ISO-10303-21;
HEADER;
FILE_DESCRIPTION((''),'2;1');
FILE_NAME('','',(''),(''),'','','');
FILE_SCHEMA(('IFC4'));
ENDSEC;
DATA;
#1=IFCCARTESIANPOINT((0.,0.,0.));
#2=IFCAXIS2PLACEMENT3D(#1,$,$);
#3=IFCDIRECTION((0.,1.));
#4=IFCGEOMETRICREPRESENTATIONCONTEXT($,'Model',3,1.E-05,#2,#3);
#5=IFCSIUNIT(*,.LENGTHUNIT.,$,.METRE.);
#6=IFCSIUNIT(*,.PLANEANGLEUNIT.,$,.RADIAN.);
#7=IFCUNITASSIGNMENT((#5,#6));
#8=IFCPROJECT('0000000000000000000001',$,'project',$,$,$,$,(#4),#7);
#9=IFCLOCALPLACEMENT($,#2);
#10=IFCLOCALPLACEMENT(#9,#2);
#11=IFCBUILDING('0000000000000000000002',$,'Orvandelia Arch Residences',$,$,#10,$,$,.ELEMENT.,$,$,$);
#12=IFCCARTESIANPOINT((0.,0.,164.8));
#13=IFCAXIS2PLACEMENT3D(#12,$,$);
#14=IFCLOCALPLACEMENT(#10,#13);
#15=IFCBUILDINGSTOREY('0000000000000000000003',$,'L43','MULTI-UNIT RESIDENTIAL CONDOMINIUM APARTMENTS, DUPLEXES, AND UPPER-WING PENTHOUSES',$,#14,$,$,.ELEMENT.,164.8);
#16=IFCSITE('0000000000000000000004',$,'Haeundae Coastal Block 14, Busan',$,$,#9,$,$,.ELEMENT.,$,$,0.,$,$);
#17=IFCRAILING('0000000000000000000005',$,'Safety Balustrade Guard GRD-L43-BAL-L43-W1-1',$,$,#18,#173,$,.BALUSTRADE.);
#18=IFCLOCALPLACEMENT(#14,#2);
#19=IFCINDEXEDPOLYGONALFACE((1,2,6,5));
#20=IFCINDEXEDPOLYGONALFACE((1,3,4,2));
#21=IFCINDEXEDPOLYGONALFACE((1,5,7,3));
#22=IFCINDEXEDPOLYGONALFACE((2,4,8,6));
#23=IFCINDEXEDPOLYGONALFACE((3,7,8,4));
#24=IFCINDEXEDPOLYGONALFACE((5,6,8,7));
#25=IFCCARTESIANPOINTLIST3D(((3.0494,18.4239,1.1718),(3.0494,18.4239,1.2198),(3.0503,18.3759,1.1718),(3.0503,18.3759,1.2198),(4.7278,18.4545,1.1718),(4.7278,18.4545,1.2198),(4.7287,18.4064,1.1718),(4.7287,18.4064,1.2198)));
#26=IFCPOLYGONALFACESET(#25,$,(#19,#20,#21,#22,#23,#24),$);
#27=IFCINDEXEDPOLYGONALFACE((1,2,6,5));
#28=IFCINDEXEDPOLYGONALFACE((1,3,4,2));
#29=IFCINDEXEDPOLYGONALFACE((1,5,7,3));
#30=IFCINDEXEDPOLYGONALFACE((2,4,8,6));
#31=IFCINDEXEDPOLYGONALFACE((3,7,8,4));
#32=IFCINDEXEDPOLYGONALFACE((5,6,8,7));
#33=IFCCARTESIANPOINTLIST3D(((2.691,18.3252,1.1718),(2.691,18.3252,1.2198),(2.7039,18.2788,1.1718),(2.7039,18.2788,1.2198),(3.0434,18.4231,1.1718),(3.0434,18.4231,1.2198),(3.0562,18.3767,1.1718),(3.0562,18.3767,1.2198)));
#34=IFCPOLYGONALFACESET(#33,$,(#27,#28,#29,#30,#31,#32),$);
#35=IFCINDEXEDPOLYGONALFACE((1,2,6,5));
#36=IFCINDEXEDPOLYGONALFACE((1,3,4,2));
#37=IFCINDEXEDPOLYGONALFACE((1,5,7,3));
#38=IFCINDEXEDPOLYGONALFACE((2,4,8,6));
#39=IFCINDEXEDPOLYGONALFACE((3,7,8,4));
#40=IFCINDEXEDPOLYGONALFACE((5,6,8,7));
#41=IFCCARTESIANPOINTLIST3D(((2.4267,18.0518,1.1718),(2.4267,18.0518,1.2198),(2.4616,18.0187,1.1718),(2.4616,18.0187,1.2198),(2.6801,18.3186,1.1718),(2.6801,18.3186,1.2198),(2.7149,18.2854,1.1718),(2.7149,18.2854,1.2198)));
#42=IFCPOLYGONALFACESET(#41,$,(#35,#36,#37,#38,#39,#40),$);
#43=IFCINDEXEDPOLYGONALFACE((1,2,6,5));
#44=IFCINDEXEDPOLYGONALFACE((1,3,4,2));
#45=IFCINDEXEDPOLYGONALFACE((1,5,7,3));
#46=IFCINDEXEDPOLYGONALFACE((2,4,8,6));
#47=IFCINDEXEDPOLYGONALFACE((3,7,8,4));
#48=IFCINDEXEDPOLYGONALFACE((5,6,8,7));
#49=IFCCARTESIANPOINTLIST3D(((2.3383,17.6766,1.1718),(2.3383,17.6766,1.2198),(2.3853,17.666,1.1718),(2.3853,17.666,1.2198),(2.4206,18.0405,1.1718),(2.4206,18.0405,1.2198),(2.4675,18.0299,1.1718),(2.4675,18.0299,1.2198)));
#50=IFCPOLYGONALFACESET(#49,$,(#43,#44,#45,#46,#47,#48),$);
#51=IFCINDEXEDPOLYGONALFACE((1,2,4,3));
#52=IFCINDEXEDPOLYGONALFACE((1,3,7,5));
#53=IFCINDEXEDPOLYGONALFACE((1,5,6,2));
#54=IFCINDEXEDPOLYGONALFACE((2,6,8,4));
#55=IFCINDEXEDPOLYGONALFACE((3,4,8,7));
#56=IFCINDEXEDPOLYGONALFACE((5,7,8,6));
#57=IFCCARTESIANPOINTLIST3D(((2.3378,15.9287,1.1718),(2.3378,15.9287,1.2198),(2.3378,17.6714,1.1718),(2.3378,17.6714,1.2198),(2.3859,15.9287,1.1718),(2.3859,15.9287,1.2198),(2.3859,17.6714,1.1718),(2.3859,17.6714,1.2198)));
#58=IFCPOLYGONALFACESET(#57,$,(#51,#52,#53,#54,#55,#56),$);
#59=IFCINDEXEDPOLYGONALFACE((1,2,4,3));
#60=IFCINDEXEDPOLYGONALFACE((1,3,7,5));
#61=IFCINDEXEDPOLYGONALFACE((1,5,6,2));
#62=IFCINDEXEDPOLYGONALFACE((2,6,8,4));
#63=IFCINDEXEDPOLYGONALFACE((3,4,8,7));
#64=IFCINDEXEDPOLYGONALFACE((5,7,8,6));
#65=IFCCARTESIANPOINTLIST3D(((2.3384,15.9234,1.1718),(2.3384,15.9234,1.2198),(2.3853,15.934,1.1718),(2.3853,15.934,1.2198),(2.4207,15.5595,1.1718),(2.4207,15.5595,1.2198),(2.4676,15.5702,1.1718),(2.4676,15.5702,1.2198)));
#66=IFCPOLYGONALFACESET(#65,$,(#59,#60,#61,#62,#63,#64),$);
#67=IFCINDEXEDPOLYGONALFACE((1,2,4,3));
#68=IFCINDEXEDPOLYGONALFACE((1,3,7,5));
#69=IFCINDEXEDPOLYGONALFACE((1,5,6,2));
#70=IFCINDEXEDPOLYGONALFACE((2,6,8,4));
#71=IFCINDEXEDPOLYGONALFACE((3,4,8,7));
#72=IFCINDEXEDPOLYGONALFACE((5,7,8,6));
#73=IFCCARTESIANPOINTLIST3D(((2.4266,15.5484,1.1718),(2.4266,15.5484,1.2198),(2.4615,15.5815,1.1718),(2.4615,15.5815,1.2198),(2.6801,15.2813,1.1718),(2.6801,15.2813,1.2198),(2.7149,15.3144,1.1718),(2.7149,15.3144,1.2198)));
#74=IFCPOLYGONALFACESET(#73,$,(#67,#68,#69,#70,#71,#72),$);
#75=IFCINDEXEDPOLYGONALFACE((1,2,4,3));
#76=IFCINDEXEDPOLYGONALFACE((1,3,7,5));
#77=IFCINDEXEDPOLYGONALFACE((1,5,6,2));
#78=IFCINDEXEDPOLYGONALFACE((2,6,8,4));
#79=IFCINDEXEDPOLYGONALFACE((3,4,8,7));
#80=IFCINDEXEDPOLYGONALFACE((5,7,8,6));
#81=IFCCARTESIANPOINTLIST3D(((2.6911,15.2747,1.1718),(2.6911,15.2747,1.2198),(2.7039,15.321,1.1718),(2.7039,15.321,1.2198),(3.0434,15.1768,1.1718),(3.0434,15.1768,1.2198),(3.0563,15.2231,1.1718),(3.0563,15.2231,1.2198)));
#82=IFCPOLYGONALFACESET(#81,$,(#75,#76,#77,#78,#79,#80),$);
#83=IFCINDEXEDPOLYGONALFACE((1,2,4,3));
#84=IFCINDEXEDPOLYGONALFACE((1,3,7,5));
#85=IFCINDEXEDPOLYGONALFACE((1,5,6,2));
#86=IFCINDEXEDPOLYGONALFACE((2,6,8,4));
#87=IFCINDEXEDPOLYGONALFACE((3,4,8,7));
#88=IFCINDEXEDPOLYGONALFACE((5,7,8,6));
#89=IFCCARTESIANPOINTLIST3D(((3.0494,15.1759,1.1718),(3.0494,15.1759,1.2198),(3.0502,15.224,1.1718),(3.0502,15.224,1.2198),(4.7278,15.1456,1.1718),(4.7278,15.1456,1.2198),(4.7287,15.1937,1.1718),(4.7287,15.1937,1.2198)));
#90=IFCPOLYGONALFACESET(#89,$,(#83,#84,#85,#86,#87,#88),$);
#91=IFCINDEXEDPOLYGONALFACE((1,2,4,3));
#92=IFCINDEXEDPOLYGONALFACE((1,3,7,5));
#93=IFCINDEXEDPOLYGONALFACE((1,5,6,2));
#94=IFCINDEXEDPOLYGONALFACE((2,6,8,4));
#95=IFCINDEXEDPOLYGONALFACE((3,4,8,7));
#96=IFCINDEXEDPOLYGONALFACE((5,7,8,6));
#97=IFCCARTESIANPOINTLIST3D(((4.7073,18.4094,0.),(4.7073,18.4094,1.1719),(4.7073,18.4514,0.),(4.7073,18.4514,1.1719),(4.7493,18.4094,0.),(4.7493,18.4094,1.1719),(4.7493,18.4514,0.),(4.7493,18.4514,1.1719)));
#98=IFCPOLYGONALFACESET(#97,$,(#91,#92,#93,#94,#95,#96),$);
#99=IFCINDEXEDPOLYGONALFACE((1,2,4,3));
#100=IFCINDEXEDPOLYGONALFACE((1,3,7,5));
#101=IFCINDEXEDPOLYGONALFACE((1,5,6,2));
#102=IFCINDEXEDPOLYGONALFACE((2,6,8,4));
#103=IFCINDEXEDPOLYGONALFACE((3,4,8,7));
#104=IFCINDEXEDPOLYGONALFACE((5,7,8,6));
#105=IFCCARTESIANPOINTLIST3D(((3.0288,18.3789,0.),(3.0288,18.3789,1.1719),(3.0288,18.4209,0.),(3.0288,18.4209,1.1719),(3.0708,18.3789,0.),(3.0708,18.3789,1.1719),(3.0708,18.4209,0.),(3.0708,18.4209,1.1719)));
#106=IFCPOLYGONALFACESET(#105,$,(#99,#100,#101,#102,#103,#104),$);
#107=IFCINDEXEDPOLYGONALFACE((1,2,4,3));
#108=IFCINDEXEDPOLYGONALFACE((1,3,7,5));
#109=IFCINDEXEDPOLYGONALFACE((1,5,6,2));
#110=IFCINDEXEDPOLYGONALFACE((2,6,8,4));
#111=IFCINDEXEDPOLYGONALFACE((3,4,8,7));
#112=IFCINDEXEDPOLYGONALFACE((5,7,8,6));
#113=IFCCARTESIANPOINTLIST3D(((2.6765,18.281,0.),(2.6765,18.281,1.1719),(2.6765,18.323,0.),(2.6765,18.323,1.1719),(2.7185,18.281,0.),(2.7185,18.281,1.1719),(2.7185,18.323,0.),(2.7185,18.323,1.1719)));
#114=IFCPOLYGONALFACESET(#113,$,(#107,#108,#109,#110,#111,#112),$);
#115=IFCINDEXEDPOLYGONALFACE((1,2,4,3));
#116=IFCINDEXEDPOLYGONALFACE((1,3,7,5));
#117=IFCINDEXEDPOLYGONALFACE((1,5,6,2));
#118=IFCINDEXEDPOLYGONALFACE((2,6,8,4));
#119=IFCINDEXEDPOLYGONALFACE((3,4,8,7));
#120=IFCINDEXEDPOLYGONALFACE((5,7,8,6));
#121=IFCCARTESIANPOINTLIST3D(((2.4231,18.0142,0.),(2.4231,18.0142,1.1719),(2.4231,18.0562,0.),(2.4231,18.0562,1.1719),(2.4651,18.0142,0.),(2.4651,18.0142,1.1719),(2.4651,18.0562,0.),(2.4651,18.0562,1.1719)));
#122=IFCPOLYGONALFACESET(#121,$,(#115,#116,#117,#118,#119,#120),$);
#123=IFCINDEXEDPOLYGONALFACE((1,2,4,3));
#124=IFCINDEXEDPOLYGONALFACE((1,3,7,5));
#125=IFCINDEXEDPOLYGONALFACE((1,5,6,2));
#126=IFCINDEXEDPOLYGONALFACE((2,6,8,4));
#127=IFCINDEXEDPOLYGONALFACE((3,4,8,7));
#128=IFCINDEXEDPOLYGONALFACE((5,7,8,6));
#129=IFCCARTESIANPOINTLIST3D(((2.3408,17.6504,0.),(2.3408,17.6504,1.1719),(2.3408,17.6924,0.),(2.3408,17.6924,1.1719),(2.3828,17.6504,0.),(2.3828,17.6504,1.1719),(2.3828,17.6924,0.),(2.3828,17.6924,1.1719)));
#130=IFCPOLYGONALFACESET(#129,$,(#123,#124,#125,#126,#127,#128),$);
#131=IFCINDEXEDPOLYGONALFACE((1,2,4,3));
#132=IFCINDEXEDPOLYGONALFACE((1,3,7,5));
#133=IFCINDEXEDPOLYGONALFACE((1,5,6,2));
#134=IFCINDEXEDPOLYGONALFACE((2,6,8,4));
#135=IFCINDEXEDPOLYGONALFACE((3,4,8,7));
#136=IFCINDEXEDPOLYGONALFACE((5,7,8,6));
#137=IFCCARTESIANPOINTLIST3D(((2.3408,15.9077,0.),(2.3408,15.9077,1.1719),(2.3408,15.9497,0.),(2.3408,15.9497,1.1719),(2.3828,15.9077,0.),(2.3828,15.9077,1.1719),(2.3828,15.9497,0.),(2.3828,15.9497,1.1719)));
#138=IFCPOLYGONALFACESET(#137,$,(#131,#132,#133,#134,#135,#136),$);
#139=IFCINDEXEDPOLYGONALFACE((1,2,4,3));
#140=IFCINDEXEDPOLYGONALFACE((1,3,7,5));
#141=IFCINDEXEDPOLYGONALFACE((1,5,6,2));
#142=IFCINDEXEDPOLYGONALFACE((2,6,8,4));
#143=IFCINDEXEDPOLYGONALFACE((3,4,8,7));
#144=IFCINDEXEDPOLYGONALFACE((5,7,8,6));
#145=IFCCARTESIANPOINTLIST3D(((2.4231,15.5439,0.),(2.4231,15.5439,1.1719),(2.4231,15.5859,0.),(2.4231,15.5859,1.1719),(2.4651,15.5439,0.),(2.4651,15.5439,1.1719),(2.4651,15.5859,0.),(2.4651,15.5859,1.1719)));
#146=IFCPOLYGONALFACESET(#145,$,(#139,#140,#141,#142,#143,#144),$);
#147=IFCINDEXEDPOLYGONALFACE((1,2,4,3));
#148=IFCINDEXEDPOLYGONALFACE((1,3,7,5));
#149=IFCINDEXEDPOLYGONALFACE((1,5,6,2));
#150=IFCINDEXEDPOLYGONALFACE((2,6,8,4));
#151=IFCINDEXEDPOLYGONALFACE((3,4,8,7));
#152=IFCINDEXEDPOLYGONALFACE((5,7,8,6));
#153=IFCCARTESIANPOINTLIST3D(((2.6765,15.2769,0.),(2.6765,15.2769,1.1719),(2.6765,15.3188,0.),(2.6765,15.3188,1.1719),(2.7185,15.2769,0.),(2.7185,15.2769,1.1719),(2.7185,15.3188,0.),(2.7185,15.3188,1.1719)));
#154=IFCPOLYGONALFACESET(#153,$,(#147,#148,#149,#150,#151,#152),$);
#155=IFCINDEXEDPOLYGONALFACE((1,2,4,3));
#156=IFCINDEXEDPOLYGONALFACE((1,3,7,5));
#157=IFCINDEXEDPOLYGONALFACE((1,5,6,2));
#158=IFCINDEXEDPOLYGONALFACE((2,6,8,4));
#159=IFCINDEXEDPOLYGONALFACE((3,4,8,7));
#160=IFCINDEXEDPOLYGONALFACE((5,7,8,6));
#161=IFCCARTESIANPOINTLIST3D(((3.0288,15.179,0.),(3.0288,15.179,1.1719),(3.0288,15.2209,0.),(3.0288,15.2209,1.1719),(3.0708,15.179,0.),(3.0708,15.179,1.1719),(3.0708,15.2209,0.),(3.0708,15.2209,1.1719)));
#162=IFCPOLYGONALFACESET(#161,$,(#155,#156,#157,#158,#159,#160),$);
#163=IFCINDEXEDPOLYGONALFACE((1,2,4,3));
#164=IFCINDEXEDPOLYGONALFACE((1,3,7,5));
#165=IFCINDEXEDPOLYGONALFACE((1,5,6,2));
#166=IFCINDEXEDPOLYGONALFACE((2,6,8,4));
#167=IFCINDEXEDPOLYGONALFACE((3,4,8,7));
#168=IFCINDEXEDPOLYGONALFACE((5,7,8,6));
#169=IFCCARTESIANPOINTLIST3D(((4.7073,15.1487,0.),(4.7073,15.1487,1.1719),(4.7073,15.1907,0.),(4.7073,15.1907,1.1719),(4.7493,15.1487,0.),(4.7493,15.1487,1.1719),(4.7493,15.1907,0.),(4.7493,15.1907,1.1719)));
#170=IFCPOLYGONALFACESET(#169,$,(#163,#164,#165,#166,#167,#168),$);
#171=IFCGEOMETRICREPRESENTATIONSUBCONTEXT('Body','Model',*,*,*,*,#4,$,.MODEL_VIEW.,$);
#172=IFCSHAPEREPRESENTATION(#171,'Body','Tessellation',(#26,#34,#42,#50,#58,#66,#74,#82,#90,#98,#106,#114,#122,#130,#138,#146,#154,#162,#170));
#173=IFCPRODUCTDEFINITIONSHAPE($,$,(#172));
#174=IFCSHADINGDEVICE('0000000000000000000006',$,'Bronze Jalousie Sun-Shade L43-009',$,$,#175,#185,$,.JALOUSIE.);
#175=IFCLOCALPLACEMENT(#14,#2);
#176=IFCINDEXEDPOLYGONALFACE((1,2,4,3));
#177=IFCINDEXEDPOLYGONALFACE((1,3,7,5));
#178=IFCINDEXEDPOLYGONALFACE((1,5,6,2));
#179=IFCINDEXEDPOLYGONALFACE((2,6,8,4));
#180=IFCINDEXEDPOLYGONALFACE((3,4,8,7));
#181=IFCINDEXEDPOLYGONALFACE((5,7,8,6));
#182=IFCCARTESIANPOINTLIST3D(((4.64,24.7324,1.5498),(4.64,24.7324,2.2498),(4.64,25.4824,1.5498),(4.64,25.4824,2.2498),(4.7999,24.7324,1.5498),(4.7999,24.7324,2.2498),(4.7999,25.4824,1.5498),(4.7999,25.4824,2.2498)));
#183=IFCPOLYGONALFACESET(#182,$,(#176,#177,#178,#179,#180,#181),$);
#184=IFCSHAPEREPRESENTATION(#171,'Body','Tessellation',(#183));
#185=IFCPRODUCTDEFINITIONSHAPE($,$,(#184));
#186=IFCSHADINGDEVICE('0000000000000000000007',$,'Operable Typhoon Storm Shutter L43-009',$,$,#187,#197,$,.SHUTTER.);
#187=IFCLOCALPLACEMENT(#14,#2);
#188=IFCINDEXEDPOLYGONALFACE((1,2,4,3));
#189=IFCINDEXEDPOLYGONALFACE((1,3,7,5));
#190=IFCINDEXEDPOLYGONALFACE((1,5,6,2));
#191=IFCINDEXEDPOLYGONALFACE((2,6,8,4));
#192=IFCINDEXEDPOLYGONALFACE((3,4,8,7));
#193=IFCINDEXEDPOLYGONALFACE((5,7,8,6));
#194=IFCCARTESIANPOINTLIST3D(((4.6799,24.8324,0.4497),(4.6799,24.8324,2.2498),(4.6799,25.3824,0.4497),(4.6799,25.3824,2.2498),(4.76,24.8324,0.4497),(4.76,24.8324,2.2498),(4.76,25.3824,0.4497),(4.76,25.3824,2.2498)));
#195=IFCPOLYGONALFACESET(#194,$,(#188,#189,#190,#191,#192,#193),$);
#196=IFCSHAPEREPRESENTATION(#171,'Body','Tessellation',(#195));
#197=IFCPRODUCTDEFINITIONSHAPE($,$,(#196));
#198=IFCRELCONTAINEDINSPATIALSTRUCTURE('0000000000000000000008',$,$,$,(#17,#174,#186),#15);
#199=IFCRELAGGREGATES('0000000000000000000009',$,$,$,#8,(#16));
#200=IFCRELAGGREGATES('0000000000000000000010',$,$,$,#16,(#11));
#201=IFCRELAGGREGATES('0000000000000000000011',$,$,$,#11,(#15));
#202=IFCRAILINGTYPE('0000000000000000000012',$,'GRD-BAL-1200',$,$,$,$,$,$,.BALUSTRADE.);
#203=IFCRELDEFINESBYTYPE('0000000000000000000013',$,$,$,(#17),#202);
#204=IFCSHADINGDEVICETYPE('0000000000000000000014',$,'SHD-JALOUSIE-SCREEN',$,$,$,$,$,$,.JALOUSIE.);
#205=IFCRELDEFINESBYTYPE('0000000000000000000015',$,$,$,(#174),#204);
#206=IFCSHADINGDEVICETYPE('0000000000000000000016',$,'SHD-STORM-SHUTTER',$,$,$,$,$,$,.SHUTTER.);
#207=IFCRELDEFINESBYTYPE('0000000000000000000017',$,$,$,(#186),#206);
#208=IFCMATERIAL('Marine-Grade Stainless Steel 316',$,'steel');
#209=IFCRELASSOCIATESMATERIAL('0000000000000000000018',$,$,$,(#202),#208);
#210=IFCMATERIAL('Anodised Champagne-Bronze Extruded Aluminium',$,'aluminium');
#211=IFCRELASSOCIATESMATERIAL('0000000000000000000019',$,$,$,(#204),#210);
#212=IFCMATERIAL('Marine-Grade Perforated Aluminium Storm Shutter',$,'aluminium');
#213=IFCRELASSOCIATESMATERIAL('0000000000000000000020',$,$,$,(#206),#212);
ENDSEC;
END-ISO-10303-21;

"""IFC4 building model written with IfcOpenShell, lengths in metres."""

from ifc_helpers import new_model, si_unit, direction, frame, origin, origin_2d, place, context, subcontext, project, spatial, rectangle, extrude, material, type_object, element, save


model = new_model("IFC4")

# Units and contexts
model_context = context("Model", 3, precision=1e-05, world=origin(), true_north=direction((0.0, 1.0)))
body_context = subcontext(model_context, "Body", "Model", "MODEL_VIEW")
ifc_project = project(units=[si_unit("LENGTHUNIT", "METRE"), si_unit("PLANEANGLEUNIT", "RADIAN")], contexts=[model_context])

# Site, building, storey
site_placement = place(None, origin())
site = spatial("IfcSite", under=ifc_project, at=site_placement, Name="Haeundae Coastal Block 14, Busan", CompositionType="ELEMENT", RefElevation=0.0)
building_placement = place(site_placement, origin())
building = spatial("IfcBuilding", under=site, at=building_placement, Name="Orvandelia Arch Residences", CompositionType="ELEMENT")
storey_placement = place(building_placement, frame((0.0, 0.0, 164.8)))
storey = spatial("IfcBuildingStorey", under=building, at=storey_placement, Name="L43", Description="MULTI-UNIT RESIDENTIAL CONDOMINIUM APARTMENTS, DUPLEXES, AND UPPER-WING PENTHOUSES", CompositionType="ELEMENT", Elevation=164.8)

# Railing
ifc_material_1 = material(Name="Marine-Grade Stainless Steel 316", Category="steel")
railing_type = type_object("IfcRailingType", Name="GRD-BAL-1200", PredefinedType="BALUSTRADE", material=ifc_material_1)
railing_placement = place(storey_placement, frame((4.7283, 18.4304, 0.0)))
element("IfcRailing", 1, at=railing_placement, inside=storey, type_object=railing_type, Name="Safety Balustrade Guard GRD-L43-BAL-L43-W1-1", PredefinedType="BALUSTRADE", context=body_context, shape_type="SweptSolid", body=[
    extrude(rectangle(XDim=0.0481, YDim=0.0481, at=origin_2d()), frame((0.0, 0.0, 1.1958), z_axis=(-0.999835, -0.018179, 0.0), x_axis=(0.018179, -0.999835, 0.0)), (0.0, 0.0, 1.0), 1.6787),
    extrude(rectangle(XDim=0.0481, YDim=0.0481, at=origin_2d()), frame((-1.6785, -0.0305, 1.1958), z_axis=(-0.963489, -0.267747, 0.0), x_axis=(0.267747, -0.963489, 0.0)), (0.0, 0.0, 1.0), 0.3657),
    extrude(rectangle(XDim=0.0481, YDim=0.0481, at=origin_2d()), frame((-2.0308, -0.1284, 1.1958), z_axis=(-0.688627, -0.725115, 0.0), x_axis=(0.725115, -0.688627, 0.0)), (0.0, 0.0, 1.0), 0.3679),
    extrude(rectangle(XDim=0.0481, YDim=0.0481, at=origin_2d()), frame((-2.2842, -0.3953, 1.1958), z_axis=(-0.220602, -0.975364, 0.0), x_axis=(0.975364, -0.220602, 0.0)), (0.0, 0.0, 1.0), 0.373),
    extrude(rectangle(XDim=0.0481, YDim=0.0481, at=origin_2d()), frame((-2.3665, -0.759, 1.1958), z_axis=(0.0, -1.0, 0.0), x_axis=(1.0, 0.0, 0.0)), (0.0, 0.0, 1.0), 1.7427),
    extrude(rectangle(XDim=0.0481, YDim=0.0481, at=origin_2d()), frame((-2.3665, -2.5017, 1.1958), z_axis=(0.220602, -0.975364, 0.0), x_axis=(0.975364, 0.220602, 0.0)), (0.0, 0.0, 1.0), 0.373),
    extrude(rectangle(XDim=0.0481, YDim=0.0481, at=origin_2d()), frame((-2.2842, -2.8655, 1.1958), z_axis=(0.688296, -0.72543, 0.0), x_axis=(0.72543, 0.688296, 0.0)), (0.0, 0.0, 1.0), 0.3682),
    extrude(rectangle(XDim=0.0481, YDim=0.0481, at=origin_2d()), frame((-2.0308, -3.1326, 1.1958), z_axis=(0.963489, -0.267747, 0.0), x_axis=(0.267747, 0.963489, 0.0)), (0.0, 0.0, 1.0), 0.3657),
    extrude(rectangle(XDim=0.0481, YDim=0.0481, at=origin_2d()), frame((-1.6785, -3.2305, 1.1958), z_axis=(0.999837, -0.018033, 0.0), x_axis=(0.018033, 0.999837, 0.0)), (0.0, 0.0, 1.0), 1.6787),
    extrude(rectangle(XDim=0.042, YDim=0.042, at=origin_2d()), origin(), (0.0, 0.0, 1.0), 1.1719),
    extrude(rectangle(XDim=0.042, YDim=0.042, at=origin_2d()), frame((-1.6785, -0.0305, 0.0)), (0.0, 0.0, 1.0), 1.1719),
    extrude(rectangle(XDim=0.042, YDim=0.042, at=origin_2d()), frame((-2.0308, -0.1284, 0.0)), (0.0, 0.0, 1.0), 1.1719),
    extrude(rectangle(XDim=0.042, YDim=0.042, at=origin_2d()), frame((-2.2842, -0.3953, 0.0)), (0.0, 0.0, 1.0), 1.1719),
    extrude(rectangle(XDim=0.042, YDim=0.042, at=origin_2d()), frame((-2.3665, -0.759, 0.0)), (0.0, 0.0, 1.0), 1.1719),
    extrude(rectangle(XDim=0.042, YDim=0.042, at=origin_2d()), frame((-2.3665, -2.5017, 0.0)), (0.0, 0.0, 1.0), 1.1719),
    extrude(rectangle(XDim=0.042, YDim=0.042, at=origin_2d()), frame((-2.2842, -2.8655, 0.0)), (0.0, 0.0, 1.0), 1.1719),
    extrude(rectangle(XDim=0.042, YDim=0.042, at=origin_2d()), frame((-2.0308, -3.1326, 0.0)), (0.0, 0.0, 1.0), 1.1719),
    extrude(rectangle(XDim=0.042, YDim=0.042, at=origin_2d()), frame((-1.6785, -3.2305, 0.0)), (0.0, 0.0, 1.0), 1.1719),
    extrude(rectangle(XDim=0.042, YDim=0.042, at=origin_2d()), frame((0.0, -3.2607, 0.0)), (0.0, 0.0, 1.0), 1.1719),
])

# Shading devices
ifc_material_2 = material(Name="Anodised Champagne-Bronze Extruded Aluminium", Category="aluminium")
shading_device_type_1 = type_object("IfcShadingDeviceType", Name="SHD-JALOUSIE-SCREEN", PredefinedType="JALOUSIE", material=ifc_material_2)
shading_device_1_placement = place(storey_placement, frame((4.72, 25.1074, 1.5498), z_axis=(0.0, 0.0, 1.0), x_axis=(0.0, 1.0, 0.0)))
element("IfcShadingDevice", 2, at=shading_device_1_placement, inside=storey, type_object=shading_device_type_1, Name="Bronze Jalousie Sun-Shade L43-009", PredefinedType="JALOUSIE", context=body_context, shape_type="SweptSolid", body=[
    extrude(rectangle(XDim=0.75, YDim=0.1599, at=origin_2d()), origin(), (0.0, 0.0, 1.0), 0.7),
])
ifc_material_3 = material(Name="Marine-Grade Perforated Aluminium Storm Shutter", Category="aluminium")
shading_device_type_2 = type_object("IfcShadingDeviceType", Name="SHD-STORM-SHUTTER", PredefinedType="SHUTTER", material=ifc_material_3)
shading_device_2_placement = place(storey_placement, frame((4.72, 25.1074, 0.4497), z_axis=(0.0, 0.0, 1.0), x_axis=(0.0, 1.0, 0.0)))
element("IfcShadingDevice", 3, at=shading_device_2_placement, inside=storey, type_object=shading_device_type_2, Name="Operable Typhoon Storm Shutter L43-009", PredefinedType="SHUTTER", context=body_context, shape_type="SweptSolid", body=[
    extrude(rectangle(XDim=0.55, YDim=0.0801, at=origin_2d()), origin(), (0.0, 0.0, 1.0), 1.8),
])

save(model, "model.ifc")
